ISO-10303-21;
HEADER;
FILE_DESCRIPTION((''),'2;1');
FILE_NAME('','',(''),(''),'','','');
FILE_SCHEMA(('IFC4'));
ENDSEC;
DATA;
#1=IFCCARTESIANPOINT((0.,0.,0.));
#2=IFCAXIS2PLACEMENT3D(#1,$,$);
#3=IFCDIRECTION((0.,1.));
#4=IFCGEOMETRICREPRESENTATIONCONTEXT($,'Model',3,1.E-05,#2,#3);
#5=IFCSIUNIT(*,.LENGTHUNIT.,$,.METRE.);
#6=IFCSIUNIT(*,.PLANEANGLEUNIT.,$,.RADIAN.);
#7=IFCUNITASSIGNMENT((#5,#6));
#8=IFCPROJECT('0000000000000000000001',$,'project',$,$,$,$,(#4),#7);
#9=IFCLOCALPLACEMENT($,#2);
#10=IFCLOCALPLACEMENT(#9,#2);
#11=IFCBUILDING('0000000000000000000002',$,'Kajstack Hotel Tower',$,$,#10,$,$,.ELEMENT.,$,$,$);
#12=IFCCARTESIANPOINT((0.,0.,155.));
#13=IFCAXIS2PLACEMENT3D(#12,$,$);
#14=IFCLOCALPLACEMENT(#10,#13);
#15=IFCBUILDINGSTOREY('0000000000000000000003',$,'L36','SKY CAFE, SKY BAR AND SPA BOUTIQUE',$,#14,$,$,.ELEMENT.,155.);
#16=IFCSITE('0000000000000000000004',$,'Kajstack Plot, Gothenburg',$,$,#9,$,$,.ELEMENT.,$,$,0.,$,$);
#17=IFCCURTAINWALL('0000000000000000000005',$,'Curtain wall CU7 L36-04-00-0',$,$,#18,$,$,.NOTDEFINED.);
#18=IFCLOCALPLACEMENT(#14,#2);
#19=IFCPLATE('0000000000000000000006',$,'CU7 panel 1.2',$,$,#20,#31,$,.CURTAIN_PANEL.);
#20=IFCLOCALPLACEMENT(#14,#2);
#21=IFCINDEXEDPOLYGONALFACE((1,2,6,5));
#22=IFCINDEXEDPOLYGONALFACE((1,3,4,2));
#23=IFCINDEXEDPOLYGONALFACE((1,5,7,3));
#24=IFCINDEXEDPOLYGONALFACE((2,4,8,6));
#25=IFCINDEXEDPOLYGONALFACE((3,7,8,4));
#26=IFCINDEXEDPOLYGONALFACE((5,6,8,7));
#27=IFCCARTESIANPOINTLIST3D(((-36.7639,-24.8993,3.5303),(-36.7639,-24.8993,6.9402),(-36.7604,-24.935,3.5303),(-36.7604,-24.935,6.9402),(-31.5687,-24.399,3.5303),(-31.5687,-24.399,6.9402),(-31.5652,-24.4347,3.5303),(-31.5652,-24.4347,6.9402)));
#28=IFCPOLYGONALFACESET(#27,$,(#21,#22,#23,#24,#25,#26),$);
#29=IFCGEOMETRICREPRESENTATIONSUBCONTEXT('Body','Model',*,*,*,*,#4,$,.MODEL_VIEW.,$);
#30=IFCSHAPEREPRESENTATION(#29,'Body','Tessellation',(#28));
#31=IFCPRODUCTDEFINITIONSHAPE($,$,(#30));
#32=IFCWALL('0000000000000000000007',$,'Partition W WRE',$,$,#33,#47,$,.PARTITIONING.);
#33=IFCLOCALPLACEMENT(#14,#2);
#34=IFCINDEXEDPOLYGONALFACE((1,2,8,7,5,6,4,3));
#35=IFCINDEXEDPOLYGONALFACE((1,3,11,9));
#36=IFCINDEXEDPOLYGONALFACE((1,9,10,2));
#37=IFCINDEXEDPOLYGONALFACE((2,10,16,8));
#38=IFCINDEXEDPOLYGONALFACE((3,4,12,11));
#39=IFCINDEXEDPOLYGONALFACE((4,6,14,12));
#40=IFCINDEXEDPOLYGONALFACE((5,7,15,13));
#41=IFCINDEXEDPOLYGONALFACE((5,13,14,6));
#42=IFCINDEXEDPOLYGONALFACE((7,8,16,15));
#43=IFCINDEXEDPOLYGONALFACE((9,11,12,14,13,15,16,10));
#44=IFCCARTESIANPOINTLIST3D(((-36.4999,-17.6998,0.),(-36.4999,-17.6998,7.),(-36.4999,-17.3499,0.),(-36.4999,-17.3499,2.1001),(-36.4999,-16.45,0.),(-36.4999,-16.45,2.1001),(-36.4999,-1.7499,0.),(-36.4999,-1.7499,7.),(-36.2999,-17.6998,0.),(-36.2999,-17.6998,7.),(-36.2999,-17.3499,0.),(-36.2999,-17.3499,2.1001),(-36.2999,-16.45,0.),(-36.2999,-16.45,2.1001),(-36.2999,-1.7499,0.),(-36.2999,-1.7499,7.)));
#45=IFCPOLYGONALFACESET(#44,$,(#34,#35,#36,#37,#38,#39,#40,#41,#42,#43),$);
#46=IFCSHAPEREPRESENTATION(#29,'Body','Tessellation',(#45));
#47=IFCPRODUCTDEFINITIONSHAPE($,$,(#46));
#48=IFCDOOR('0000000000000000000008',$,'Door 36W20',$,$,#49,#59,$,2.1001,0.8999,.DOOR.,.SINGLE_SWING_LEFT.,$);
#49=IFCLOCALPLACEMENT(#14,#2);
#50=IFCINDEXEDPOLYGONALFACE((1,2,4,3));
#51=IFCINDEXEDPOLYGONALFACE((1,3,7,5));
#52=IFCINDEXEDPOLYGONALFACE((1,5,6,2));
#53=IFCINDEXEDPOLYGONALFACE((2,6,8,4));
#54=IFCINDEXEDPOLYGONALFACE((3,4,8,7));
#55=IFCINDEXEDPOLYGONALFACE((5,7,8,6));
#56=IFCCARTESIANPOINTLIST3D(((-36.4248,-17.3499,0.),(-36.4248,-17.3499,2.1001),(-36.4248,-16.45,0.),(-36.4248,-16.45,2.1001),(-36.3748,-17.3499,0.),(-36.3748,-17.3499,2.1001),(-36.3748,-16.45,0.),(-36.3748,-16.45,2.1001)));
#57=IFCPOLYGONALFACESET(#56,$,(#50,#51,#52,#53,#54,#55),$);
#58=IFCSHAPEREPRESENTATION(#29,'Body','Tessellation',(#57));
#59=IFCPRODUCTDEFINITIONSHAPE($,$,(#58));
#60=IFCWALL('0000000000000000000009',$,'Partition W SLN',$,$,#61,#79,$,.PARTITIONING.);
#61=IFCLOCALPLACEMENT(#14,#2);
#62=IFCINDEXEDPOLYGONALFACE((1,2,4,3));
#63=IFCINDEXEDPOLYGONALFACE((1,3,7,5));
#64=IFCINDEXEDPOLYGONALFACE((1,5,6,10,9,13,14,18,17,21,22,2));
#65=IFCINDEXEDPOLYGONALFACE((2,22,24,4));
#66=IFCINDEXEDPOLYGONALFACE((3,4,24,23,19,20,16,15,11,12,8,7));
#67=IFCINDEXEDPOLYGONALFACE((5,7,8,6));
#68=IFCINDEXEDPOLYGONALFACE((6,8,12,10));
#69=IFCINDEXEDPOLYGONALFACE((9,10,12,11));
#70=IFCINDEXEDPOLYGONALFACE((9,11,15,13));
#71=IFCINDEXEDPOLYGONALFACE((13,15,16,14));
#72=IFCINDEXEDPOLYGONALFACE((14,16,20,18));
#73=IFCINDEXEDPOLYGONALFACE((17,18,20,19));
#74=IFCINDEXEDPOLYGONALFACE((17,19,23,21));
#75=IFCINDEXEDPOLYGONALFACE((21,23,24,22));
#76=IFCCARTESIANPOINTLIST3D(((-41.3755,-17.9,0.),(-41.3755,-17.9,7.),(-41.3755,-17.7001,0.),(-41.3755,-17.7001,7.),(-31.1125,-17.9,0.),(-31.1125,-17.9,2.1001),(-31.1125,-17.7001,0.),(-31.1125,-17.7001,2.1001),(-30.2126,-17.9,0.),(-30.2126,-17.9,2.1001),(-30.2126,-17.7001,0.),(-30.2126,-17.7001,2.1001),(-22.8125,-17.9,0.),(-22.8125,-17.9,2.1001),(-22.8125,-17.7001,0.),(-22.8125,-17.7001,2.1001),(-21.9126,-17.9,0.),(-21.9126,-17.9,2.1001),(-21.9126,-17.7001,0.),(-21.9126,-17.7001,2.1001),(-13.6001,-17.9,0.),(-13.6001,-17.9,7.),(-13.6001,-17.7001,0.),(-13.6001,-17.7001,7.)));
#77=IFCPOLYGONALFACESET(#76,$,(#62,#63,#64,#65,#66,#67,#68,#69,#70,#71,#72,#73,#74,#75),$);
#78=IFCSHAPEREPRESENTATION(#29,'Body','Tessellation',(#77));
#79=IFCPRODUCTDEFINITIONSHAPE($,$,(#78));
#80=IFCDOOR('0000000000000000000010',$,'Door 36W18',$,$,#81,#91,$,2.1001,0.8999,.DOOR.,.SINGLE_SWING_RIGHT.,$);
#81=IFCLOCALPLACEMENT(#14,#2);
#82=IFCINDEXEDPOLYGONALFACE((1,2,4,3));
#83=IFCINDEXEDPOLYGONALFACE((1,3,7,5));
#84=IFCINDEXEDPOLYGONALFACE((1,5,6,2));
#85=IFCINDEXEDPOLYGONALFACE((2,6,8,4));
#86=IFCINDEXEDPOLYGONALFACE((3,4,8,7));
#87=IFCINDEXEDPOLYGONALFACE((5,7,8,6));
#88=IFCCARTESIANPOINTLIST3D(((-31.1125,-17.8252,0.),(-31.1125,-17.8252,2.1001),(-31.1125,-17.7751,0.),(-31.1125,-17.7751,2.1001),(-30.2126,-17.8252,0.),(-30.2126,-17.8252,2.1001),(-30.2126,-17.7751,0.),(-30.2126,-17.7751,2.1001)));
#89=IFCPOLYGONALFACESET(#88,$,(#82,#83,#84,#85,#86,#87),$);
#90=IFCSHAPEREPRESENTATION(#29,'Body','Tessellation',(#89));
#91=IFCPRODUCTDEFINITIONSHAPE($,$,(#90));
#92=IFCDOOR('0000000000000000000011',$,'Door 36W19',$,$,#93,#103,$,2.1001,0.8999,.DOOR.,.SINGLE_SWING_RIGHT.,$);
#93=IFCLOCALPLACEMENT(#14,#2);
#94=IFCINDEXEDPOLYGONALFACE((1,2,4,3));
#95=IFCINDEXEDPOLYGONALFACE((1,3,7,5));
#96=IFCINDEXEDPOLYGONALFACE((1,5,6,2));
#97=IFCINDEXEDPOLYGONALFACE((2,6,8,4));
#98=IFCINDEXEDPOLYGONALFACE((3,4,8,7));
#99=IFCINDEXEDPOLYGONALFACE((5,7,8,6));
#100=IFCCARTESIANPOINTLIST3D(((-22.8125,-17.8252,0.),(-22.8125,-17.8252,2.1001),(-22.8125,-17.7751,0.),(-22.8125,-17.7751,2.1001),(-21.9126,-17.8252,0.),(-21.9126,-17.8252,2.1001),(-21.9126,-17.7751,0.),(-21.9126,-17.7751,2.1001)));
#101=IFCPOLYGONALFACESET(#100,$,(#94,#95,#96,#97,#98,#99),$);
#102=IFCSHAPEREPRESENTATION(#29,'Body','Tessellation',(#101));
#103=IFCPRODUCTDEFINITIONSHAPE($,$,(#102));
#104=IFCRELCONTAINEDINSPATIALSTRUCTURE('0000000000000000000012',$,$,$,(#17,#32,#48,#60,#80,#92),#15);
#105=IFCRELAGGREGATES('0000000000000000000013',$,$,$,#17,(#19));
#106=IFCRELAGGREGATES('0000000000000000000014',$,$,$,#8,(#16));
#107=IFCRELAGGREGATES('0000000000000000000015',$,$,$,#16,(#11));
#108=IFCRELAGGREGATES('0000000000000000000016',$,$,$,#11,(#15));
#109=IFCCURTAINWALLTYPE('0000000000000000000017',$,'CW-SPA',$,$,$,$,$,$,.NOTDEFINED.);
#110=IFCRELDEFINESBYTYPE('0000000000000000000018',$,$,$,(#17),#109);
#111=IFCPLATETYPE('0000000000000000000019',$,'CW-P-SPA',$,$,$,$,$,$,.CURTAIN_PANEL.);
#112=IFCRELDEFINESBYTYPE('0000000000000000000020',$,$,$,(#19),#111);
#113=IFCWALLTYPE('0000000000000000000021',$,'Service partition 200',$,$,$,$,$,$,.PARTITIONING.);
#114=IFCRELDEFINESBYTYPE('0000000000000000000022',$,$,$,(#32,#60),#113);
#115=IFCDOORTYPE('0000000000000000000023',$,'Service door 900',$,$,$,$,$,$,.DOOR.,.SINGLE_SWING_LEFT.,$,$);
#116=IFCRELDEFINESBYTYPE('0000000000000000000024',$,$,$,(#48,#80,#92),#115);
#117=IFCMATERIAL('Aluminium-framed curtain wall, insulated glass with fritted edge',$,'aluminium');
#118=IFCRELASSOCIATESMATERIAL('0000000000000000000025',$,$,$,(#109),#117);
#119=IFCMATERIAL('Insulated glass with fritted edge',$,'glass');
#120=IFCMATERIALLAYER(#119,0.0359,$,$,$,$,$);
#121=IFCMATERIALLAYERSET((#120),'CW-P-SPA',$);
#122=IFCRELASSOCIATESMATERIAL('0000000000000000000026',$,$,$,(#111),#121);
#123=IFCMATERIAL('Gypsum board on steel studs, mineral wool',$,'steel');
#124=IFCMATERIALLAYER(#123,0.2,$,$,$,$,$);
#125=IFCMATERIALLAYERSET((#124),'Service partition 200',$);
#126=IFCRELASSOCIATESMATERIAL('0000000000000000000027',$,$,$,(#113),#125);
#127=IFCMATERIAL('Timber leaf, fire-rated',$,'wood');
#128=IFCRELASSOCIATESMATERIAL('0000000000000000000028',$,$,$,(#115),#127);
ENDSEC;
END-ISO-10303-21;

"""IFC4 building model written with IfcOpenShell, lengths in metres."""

from ifc_helpers import new_model, si_unit, direction, frame, frame_2d, origin, origin_2d, place, context, subcontext, project, spatial, rectangle, extrude, material, layer, layer_set, type_object, element, fill, aggregate, save


model = new_model("IFC4")

# Units and contexts
model_context = context("Model", 3, precision=1e-05, world=origin(), true_north=direction((0.0, 1.0)))
body_context = subcontext(model_context, "Body", "Model", "MODEL_VIEW")
ifc_project = project(units=[si_unit("LENGTHUNIT", "METRE"), si_unit("PLANEANGLEUNIT", "RADIAN")], contexts=[model_context])

# Site, building, storey
site_placement = place(None, origin())
site = spatial("IfcSite", under=ifc_project, at=site_placement, Name="Kajstack Plot, Gothenburg", CompositionType="ELEMENT", RefElevation=0.0)
building_placement = place(site_placement, origin())
building = spatial("IfcBuilding", under=site, at=building_placement, Name="Kajstack Hotel Tower", CompositionType="ELEMENT")
storey_placement = place(building_placement, frame((0.0, 0.0, 155.0)))
storey = spatial("IfcBuildingStorey", under=building, at=storey_placement, Name="L36", Description="SKY CAFE, SKY BAR AND SPA BOUTIQUE", CompositionType="ELEMENT", Elevation=155.0)

# Shared definitions
ifc_material_1 = material(Name="Aluminium-framed curtain wall, insulated glass with fritted edge", Category="aluminium")
curtain_wall_type = type_object("IfcCurtainWallType", Name="CW-SPA", PredefinedType="NOTDEFINED", material=ifc_material_1)

# Curtain wall
curtain_wall_1_placement = place(storey_placement, origin())
curtain_wall_1 = element("IfcCurtainWall", 1, at=curtain_wall_1_placement, inside=storey, type_object=curtain_wall_type, Name="Curtain wall CU7 L36-04-00-0", PredefinedType="NOTDEFINED")

# Plate
ifc_material_2 = material(Name="Insulated glass with fritted edge", Category="glass")
ifc_layer_1 = layer(ifc_material_2, 0.0359)
ifc_layer_set_1 = layer_set([ifc_layer_1], Name="CW-P-SPA")
plate_type = type_object("IfcPlateType", Name="CW-P-SPA", PredefinedType="CURTAIN_PANEL", material=ifc_layer_set_1)
plate_1_placement = place(storey_placement, frame((-34.1646, -24.667, 3.5303), z_axis=(0.0, 0.0, 1.0), x_axis=(0.995396, 0.095845, 0.0)))
plate_1 = element("IfcPlate", 2, at=plate_1_placement, type_object=plate_type, Name="CU7 panel 1.2", PredefinedType="CURTAIN_PANEL", context=body_context, shape_type="SweptSolid", body=[
    extrude(rectangle(XDim=5.2192, YDim=0.0359, at=origin_2d()), origin(), (0.0, 0.0, 1.0), 3.4099),
])
aggregate(curtain_wall_1, [plate_1])

# Wall, opening, door
ifc_material_3 = material(Name="Gypsum board on steel studs, mineral wool", Category="steel")
ifc_layer_2 = layer(ifc_material_3, 0.2)
ifc_layer_set_2 = layer_set([ifc_layer_2], Name="Service partition 200")
wall_type = type_object("IfcWallType", Name="Service partition 200", PredefinedType="PARTITIONING", material=ifc_layer_set_2)
wall_1_placement = place(storey_placement, frame((-36.3999, -17.7, 0.0), z_axis=(0.0, 0.0, 1.0), x_axis=(0.0, 1.0, 0.0)))
wall_1 = element("IfcWall", 3, at=wall_1_placement, inside=storey, type_object=wall_type, Name="Partition W WRE", PredefinedType="PARTITIONING", context=body_context, shape_type="SweptSolid", body=[
    extrude(rectangle(XDim=15.95, YDim=0.2, at=frame_2d((7.9751, 0.0))), origin(), (0.0, 0.0, 1.0), 7.0),
])
opening_1_placement = place(wall_1_placement, frame((0.3501, 0.0, 0.0)))
opening_1 = element("IfcOpeningElement", 4, at=opening_1_placement, cuts=wall_1, PredefinedType="OPENING", context=body_context, shape_type="SweptSolid", body=[
    extrude(rectangle(XDim=0.8999, YDim=2.1001, at=frame_2d((0.45, 1.05))), frame((0.0, 0.1099, 0.0), z_axis=(0.0, -1.0, 0.0), x_axis=(1.0, 0.0, 0.0)), (0.0, 0.0, 1.0), 0.22),
])
ifc_material_4 = material(Name="Timber leaf, fire-rated", Category="wood")
door_type = type_object("IfcDoorType", Name="Service door 900", OperationType="SINGLE_SWING_LEFT", PredefinedType="DOOR", material=ifc_material_4)
door_1_placement = place(opening_1_placement, origin())
door_1 = element("IfcDoor", 5, at=door_1_placement, inside=storey, type_object=door_type, Name="Door 36W20", OperationType="SINGLE_SWING_LEFT", OverallHeight=2.1001, OverallWidth=0.8999, PredefinedType="DOOR", context=body_context, shape_type="SweptSolid", body=[
    extrude(rectangle(XDim=0.8999, YDim=2.1001, at=frame_2d((0.45, 1.05))), frame((0.0, 0.0249, 0.0), z_axis=(0.0, -1.0, 0.0), x_axis=(1.0, 0.0, 0.0)), (0.0, 0.0, 1.0), 0.05),
])
fill(opening_1, door_1)

# Wall, openings, doors
wall_2_placement = place(storey_placement, frame((-41.3755, -17.8, 0.0), z_axis=(0.0, 0.0, 1.0), x_axis=(1.0, 0.0, 0.0)))
wall_2 = element("IfcWall", 6, at=wall_2_placement, inside=storey, type_object=wall_type, Name="Partition W SLN", PredefinedType="PARTITIONING", context=body_context, shape_type="SweptSolid", body=[
    extrude(rectangle(XDim=27.7754, YDim=0.2, at=frame_2d((13.8877, 0.0))), origin(), (0.0, 0.0, 1.0), 7.0),
])
opening_2_placement = place(wall_2_placement, frame((10.2629, 0.0, 0.0)))
opening_2 = element("IfcOpeningElement", 7, at=opening_2_placement, cuts=wall_2, PredefinedType="OPENING", context=body_context, shape_type="SweptSolid", body=[
    extrude(rectangle(XDim=0.8999, YDim=2.1001, at=frame_2d((0.45, 1.05))), frame((0.0, 0.1099, 0.0), z_axis=(0.0, -1.0, 0.0), x_axis=(1.0, 0.0, 0.0)), (0.0, 0.0, 1.0), 0.22),
])
opening_3_placement = place(wall_2_placement, frame((18.563, 0.0, 0.0)))
opening_3 = element("IfcOpeningElement", 8, at=opening_3_placement, cuts=wall_2, PredefinedType="OPENING", context=body_context, shape_type="SweptSolid", body=[
    extrude(rectangle(XDim=0.8999, YDim=2.1001, at=frame_2d((0.45, 1.05))), frame((0.0, 0.1099, 0.0), z_axis=(0.0, -1.0, 0.0), x_axis=(1.0, 0.0, 0.0)), (0.0, 0.0, 1.0), 0.22),
])
door_2_placement = place(opening_2_placement, origin())
door_2 = element("IfcDoor", 9, at=door_2_placement, inside=storey, type_object=door_type, Name="Door 36W18", OperationType="SINGLE_SWING_RIGHT", OverallHeight=2.1001, OverallWidth=0.8999, PredefinedType="DOOR", context=body_context, shape_type="SweptSolid", body=[
    extrude(rectangle(XDim=0.8999, YDim=2.1001, at=frame_2d((0.45, 1.05))), frame((0.0, 0.0249, 0.0), z_axis=(0.0, -1.0, 0.0), x_axis=(1.0, 0.0, 0.0)), (0.0, 0.0, 1.0), 0.05),
])
fill(opening_2, door_2)
door_3_placement = place(opening_3_placement, origin())
door_3 = element("IfcDoor", 10, at=door_3_placement, inside=storey, type_object=door_type, Name="Door 36W19", OperationType="SINGLE_SWING_RIGHT", OverallHeight=2.1001, OverallWidth=0.8999, PredefinedType="DOOR", context=body_context, shape_type="SweptSolid", body=[
    extrude(rectangle(XDim=0.8999, YDim=2.1001, at=frame_2d((0.45, 1.05))), frame((0.0, 0.0249, 0.0), z_axis=(0.0, -1.0, 0.0), x_axis=(1.0, 0.0, 0.0)), (0.0, 0.0, 1.0), 0.05),
])
fill(opening_3, door_3)

save(model, "model.ifc")
